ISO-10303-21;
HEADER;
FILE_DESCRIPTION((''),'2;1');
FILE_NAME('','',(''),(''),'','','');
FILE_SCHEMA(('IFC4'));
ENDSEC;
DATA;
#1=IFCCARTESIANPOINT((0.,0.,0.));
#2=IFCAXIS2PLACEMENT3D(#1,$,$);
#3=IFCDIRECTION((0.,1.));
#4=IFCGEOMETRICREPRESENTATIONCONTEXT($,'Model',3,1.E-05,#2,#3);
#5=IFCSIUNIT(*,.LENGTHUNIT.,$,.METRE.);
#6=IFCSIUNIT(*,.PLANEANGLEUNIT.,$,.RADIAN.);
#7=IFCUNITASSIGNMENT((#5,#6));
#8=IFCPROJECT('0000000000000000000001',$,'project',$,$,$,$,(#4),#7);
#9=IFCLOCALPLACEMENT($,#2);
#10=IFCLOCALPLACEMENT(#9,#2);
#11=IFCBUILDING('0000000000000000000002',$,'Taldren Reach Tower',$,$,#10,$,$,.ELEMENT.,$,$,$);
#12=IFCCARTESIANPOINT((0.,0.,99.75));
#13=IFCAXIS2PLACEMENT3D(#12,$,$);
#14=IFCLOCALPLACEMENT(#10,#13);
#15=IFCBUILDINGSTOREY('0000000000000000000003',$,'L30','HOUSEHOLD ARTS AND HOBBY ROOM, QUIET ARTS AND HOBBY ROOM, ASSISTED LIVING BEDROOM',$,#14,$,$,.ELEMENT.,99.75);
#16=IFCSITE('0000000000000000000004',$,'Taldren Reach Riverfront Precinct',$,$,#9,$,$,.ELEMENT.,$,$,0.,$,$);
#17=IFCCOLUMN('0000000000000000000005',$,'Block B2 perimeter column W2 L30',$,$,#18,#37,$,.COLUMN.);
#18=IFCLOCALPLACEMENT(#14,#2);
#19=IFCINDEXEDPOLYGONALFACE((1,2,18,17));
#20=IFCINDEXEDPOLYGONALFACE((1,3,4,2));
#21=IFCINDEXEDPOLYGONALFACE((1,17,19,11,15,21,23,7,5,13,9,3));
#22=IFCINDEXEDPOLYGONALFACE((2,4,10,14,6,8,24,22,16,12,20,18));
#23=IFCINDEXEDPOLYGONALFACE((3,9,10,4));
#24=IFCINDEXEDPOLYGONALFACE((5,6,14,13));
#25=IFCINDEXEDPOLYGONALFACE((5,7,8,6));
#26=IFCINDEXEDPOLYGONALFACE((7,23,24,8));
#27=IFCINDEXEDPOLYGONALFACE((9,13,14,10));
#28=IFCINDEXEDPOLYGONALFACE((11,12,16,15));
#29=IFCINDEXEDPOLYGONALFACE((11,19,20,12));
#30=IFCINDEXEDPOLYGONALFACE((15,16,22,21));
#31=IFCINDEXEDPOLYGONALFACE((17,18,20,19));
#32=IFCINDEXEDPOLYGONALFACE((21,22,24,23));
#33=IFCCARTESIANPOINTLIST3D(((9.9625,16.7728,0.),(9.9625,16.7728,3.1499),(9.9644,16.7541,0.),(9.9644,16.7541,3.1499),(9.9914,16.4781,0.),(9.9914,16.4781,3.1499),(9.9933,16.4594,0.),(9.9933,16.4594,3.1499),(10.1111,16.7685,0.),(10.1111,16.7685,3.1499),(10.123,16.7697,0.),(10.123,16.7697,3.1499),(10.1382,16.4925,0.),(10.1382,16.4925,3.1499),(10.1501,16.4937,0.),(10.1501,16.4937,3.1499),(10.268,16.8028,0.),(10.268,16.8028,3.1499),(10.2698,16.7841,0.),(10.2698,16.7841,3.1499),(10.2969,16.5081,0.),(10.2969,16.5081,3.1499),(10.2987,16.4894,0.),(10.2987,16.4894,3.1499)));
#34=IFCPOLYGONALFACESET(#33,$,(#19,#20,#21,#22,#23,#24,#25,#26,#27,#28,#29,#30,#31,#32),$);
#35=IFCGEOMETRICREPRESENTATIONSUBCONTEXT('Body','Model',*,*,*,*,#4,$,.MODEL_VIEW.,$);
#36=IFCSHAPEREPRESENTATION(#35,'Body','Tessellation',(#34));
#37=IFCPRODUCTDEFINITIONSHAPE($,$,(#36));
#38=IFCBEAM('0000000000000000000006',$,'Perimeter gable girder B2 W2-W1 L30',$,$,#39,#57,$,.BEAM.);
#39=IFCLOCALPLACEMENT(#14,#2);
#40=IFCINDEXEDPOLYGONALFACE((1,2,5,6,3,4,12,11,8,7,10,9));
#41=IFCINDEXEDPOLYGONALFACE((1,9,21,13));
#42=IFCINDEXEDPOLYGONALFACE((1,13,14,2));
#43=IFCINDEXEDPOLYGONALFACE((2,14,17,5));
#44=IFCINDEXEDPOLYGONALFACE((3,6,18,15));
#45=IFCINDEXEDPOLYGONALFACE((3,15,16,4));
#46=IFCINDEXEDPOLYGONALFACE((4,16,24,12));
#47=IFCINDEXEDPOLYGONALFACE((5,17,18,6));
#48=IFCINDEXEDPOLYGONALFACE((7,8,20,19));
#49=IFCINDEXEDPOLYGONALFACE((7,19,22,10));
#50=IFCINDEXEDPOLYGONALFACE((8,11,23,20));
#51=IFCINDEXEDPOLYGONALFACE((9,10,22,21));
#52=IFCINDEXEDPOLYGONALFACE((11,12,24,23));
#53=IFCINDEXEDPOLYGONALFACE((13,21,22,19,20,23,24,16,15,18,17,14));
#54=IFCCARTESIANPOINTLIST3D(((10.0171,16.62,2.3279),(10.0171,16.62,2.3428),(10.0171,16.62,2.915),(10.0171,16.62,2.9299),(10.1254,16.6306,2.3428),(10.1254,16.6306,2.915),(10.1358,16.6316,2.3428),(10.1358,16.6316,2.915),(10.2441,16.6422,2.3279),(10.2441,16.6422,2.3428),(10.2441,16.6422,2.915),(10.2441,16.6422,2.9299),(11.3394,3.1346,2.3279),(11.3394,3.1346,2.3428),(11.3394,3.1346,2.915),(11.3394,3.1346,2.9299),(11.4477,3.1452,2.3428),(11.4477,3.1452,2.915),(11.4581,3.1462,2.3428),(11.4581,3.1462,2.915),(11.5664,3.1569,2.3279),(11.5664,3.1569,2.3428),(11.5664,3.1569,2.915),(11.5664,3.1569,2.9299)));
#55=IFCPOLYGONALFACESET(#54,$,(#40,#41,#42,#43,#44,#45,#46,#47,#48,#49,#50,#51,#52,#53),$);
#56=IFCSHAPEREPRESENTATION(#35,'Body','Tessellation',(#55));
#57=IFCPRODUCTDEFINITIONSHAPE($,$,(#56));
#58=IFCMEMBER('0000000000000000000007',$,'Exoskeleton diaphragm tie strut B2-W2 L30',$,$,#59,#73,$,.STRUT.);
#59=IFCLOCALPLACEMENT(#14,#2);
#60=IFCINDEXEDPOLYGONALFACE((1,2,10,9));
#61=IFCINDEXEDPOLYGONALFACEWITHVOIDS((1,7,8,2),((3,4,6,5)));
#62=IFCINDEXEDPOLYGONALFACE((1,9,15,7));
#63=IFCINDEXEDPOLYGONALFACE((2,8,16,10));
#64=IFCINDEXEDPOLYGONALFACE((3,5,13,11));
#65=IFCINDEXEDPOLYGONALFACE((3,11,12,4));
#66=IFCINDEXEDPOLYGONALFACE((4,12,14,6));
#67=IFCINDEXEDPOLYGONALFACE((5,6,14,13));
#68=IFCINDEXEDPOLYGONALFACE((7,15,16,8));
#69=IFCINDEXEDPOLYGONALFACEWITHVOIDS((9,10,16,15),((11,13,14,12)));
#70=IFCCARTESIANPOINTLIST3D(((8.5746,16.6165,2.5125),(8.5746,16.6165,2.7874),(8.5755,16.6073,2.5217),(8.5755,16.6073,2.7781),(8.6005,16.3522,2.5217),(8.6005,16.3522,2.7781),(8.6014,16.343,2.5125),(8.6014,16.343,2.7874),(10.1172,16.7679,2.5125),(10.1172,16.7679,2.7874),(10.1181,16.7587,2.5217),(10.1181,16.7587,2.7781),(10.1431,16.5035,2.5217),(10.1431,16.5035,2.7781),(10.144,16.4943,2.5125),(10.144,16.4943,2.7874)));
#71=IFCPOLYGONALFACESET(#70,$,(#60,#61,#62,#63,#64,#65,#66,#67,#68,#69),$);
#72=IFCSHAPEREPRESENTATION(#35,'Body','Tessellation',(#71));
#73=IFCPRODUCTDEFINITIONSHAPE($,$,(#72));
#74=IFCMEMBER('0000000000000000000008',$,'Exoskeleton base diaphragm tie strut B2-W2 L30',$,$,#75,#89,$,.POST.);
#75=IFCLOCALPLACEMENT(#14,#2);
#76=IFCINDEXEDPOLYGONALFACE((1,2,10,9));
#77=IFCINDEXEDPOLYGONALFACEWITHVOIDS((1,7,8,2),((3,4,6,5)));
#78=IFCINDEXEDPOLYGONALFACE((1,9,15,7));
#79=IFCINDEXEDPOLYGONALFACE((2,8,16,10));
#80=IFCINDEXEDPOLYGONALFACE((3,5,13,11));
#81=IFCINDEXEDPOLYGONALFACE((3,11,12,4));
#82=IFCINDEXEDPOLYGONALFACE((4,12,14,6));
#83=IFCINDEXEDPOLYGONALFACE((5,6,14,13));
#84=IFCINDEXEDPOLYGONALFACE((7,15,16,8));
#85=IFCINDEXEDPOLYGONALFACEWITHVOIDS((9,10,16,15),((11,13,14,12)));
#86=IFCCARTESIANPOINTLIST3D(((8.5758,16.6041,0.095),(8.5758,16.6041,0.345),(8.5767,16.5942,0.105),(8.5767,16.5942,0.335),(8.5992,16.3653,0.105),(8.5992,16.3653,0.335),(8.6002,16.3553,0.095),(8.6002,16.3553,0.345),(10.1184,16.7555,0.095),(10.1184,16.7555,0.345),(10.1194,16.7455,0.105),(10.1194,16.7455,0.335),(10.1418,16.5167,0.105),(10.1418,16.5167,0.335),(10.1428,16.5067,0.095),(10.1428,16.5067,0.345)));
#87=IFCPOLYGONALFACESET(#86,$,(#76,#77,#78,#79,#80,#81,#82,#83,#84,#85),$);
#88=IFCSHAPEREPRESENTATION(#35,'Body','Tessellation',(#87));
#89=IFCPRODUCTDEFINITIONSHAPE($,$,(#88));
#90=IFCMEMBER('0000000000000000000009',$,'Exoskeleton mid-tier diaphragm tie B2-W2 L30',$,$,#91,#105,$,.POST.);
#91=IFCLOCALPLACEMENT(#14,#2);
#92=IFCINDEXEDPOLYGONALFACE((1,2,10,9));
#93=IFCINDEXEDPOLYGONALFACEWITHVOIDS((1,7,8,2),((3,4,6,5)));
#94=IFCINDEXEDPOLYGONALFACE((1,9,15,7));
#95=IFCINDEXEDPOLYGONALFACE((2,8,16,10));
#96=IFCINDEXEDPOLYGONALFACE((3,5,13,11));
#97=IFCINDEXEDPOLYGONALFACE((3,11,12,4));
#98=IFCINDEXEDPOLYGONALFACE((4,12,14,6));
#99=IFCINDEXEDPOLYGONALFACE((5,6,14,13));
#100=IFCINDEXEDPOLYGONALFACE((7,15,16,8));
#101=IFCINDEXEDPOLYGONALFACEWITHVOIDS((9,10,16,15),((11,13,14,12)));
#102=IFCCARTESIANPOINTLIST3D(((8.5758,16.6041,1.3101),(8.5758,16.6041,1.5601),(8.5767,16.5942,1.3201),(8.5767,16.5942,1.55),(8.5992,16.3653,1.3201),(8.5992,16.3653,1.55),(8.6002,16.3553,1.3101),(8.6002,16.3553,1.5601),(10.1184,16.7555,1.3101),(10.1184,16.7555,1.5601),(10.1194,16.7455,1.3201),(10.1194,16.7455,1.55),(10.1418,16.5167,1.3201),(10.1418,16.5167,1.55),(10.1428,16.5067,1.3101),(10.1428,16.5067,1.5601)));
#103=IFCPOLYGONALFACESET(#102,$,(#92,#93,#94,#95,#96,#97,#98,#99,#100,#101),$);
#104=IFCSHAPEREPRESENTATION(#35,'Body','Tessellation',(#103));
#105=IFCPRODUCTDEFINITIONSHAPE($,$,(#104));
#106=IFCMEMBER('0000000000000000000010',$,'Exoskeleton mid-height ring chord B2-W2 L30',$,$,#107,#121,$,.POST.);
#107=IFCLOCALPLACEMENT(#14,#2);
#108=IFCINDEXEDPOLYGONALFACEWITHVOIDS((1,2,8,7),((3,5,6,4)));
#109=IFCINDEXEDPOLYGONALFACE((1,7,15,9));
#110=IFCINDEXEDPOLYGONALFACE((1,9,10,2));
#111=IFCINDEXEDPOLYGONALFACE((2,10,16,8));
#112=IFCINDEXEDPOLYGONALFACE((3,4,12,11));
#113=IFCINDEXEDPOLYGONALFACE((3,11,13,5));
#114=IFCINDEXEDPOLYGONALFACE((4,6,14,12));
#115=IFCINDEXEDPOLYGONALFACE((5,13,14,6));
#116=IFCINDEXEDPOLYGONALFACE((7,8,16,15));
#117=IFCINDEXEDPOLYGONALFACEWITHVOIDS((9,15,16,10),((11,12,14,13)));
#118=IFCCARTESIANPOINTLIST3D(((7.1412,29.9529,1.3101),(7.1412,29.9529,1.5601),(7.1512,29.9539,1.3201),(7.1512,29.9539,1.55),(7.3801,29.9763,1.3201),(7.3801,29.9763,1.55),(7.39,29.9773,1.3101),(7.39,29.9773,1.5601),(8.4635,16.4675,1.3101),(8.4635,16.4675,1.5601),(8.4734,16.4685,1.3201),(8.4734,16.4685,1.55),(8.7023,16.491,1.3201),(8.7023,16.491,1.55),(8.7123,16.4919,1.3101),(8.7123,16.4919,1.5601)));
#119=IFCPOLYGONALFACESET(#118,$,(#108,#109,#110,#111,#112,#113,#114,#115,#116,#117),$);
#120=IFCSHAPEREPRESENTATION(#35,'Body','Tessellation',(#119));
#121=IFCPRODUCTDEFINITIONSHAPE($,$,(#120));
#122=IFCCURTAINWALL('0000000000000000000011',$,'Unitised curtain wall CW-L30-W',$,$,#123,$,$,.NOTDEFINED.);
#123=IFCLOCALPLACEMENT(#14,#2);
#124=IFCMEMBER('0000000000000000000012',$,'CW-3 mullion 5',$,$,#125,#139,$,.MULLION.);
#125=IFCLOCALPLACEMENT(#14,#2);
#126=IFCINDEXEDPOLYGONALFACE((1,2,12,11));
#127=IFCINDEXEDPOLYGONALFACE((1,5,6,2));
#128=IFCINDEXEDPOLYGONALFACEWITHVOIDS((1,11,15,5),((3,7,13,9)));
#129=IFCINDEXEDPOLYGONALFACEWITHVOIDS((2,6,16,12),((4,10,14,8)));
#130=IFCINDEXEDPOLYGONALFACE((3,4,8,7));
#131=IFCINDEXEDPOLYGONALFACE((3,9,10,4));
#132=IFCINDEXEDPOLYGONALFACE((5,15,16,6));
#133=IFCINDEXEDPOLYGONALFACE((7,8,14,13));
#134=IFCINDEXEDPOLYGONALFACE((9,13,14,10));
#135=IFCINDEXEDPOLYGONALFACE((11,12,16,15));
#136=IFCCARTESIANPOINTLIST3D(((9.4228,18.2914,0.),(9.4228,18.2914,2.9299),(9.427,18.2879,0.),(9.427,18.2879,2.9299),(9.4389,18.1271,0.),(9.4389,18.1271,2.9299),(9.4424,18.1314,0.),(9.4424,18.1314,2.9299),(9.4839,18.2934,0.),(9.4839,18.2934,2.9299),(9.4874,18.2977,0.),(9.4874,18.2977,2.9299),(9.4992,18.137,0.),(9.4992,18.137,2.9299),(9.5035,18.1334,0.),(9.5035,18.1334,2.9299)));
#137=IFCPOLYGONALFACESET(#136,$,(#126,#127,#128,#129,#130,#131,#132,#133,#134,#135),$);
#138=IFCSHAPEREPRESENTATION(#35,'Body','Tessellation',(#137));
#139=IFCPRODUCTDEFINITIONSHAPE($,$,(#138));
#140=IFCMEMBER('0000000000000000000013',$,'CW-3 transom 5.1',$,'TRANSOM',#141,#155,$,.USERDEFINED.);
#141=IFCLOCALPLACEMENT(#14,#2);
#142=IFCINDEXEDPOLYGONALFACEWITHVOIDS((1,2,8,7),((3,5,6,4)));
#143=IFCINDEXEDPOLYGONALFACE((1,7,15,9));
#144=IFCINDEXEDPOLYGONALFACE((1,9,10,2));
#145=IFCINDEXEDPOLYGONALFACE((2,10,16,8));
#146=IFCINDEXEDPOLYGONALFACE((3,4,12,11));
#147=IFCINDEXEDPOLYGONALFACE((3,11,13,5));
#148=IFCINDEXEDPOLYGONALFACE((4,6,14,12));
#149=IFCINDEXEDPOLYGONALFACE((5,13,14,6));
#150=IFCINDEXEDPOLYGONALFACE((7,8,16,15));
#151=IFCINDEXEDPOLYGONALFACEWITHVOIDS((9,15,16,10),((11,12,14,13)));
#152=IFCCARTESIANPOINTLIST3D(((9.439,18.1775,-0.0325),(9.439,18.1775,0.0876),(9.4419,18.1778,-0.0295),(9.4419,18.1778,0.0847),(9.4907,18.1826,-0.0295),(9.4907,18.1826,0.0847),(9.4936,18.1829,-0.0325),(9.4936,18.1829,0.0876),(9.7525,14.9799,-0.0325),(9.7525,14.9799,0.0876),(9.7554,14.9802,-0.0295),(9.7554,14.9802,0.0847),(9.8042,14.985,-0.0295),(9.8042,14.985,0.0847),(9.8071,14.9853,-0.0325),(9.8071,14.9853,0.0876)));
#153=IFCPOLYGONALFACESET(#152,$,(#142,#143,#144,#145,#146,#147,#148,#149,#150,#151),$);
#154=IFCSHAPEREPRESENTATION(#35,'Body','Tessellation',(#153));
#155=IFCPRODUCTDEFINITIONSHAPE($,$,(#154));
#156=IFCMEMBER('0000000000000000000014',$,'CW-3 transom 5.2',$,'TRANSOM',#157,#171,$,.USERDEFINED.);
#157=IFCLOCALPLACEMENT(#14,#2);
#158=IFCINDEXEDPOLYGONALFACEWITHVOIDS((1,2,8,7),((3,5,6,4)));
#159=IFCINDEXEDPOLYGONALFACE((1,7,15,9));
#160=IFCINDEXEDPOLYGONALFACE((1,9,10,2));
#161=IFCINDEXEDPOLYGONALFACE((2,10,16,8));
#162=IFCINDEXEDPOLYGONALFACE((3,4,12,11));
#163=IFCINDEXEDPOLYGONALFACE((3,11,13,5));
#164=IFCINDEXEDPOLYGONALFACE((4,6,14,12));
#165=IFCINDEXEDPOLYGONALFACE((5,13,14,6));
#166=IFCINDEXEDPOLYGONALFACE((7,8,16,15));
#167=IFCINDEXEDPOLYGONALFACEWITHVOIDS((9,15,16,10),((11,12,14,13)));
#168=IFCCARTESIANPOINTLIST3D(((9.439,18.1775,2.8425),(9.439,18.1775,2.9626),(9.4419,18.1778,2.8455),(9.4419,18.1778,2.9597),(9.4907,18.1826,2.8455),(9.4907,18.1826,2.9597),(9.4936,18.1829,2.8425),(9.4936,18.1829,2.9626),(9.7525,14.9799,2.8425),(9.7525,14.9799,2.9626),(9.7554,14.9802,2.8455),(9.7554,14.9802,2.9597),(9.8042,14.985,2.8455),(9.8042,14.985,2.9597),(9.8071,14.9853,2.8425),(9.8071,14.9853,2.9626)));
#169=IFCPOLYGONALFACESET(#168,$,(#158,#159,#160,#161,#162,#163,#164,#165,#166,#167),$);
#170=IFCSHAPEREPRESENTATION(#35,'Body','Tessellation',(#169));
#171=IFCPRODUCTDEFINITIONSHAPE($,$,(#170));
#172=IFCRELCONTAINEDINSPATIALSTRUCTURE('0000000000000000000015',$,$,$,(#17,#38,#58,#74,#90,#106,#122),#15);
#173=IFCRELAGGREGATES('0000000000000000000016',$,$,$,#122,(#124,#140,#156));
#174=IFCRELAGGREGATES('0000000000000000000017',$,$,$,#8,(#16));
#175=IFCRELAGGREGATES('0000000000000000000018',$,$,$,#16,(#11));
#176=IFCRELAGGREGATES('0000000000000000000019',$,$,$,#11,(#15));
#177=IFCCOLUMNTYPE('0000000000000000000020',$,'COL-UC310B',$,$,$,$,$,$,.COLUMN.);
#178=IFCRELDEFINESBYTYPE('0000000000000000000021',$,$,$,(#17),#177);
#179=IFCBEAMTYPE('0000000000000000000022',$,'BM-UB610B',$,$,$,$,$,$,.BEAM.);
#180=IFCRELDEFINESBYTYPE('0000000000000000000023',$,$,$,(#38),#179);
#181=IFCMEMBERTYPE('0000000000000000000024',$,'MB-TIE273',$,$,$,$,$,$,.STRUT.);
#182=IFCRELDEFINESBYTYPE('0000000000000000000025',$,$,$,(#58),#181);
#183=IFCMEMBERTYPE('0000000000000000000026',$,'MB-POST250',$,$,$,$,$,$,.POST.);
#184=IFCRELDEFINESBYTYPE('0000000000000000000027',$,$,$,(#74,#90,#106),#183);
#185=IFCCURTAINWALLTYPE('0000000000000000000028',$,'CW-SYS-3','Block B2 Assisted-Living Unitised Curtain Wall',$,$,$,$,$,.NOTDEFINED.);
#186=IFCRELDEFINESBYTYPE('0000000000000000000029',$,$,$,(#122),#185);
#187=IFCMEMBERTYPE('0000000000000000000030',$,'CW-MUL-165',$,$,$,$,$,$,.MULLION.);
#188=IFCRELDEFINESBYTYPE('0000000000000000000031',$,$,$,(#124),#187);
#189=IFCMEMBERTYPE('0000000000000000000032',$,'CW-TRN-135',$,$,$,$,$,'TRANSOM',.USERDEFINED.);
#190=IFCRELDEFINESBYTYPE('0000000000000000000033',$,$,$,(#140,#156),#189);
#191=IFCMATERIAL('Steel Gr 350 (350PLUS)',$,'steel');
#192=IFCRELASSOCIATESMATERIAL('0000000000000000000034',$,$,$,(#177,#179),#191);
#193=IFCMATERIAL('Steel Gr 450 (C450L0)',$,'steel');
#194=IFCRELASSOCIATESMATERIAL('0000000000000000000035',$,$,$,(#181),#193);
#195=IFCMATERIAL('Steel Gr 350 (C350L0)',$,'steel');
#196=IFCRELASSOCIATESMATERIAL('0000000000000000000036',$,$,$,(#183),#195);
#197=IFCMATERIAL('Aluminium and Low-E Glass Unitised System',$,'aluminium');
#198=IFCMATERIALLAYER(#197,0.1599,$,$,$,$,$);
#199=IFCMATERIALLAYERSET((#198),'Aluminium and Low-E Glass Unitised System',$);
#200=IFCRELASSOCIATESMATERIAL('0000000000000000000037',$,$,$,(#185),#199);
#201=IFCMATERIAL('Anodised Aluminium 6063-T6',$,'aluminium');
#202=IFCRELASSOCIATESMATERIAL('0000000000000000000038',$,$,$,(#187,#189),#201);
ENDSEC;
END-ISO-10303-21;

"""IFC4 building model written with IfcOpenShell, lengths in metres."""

from ifc_helpers import new_model, si_unit, direction, frame, origin, origin_2d, place, context, subcontext, project, spatial, hollow_rectangle, i_section, extrude, source, transform, mapped, material, layer, layer_set, material_profile, profile_set, type_object, element, aggregate, save


model = new_model("IFC4")

# Units and contexts
model_context = context("Model", 3, precision=1e-05, world=origin(), true_north=direction((0.0, 1.0)))
body_context = subcontext(model_context, "Body", "Model", "MODEL_VIEW")
ifc_project = project(units=[si_unit("LENGTHUNIT", "METRE"), si_unit("PLANEANGLEUNIT", "RADIAN")], contexts=[model_context])

# Site, building, storey
site_placement = place(None, origin())
site = spatial("IfcSite", under=ifc_project, at=site_placement, Name="Taldren Reach Riverfront Precinct", CompositionType="ELEMENT", RefElevation=0.0)
building_placement = place(site_placement, origin())
building = spatial("IfcBuilding", under=site, at=building_placement, Name="Taldren Reach Tower", CompositionType="ELEMENT")
storey_placement = place(building_placement, frame((0.0, 0.0, 99.75)))
storey = spatial("IfcBuildingStorey", under=building, at=storey_placement, Name="L30", Description="HOUSEHOLD ARTS AND HOBBY ROOM, QUIET ARTS AND HOBBY ROOM, ASSISTED LIVING BEDROOM", CompositionType="ELEMENT", Elevation=99.75)

# Column
ifc_material_1 = material(Name="Steel Gr 350 (350PLUS)", Category="steel")
ifc_material_profile_1 = material_profile(ifc_material_1, i_section(OverallWidth=0.3069, OverallDepth=0.3149, WebThickness=0.012, FlangeThickness=0.0188, at=origin_2d()), Name="310UC118")
ifc_profile_set_1 = profile_set([ifc_material_profile_1], Name="Steel Gr 350 (350PLUS)")
column_type = type_object("IfcColumnType", Name="COL-UC310B", PredefinedType="COLUMN", material=ifc_profile_set_1)
shared_shape_1 = source(origin(), body_context, "Body", "SweptSolid", [
    extrude(i_section(OverallWidth=0.3069, OverallDepth=0.3149, WebThickness=0.012, FlangeThickness=0.0188, at=origin_2d()), origin(), (0.0, 0.0, 1.0), 3.1499),
])
column_placement = place(storey_placement, frame((10.1306, 16.6311, 0.0), z_axis=(0.0, 0.0, 1.0), x_axis=(0.995227, 0.097583, 0.0)))
element("IfcColumn", 1, at=column_placement, inside=storey, type_object=column_type, Name="Block B2 perimeter column W2 L30", PredefinedType="COLUMN", context=body_context, shape_type="MappedRepresentation", body=[
    mapped(shared_shape_1, transform((0.0, 0.0, 0.0), scale=1.0)),
])

# Beam
ifc_material_profile_2 = material_profile(ifc_material_1, i_section(OverallWidth=0.228, OverallDepth=0.6021, WebThickness=0.0105, FlangeThickness=0.0149, at=origin_2d()), Name="610UB101")
ifc_profile_set_2 = profile_set([ifc_material_profile_2], Name="Steel Gr 350 (350PLUS)")
beam_type = type_object("IfcBeamType", Name="BM-UB610B", PredefinedType="BEAM", material=ifc_profile_set_2)
shared_shape_2 = source(origin(), body_context, "Body", "SweptSolid", [
    extrude(i_section(OverallWidth=0.228, OverallDepth=0.6021, WebThickness=0.0105, FlangeThickness=0.0149, at=origin_2d()), origin(), (0.0, 0.0, 1.0), 13.55),
])
beam_placement = place(storey_placement, frame((10.1306, 16.6311, 2.6289), z_axis=(0.097584, -0.995227, 0.0), x_axis=(0.995227, 0.097584, 0.0)))
element("IfcBeam", 2, at=beam_placement, inside=storey, type_object=beam_type, Name="Perimeter gable girder B2 W2-W1 L30", PredefinedType="BEAM", context=body_context, shape_type="MappedRepresentation", body=[
    mapped(shared_shape_2, transform((0.0, 0.0, 0.0), scale=1.0)),
])

# Members
ifc_material_2 = material(Name="Steel Gr 450 (C450L0)", Category="steel")
ifc_material_profile_3 = material_profile(ifc_material_2, hollow_rectangle(XDim=0.2749, YDim=0.2749, WallThickness=0.0093, at=origin_2d()), Name="275x275x9.3SHS")
ifc_profile_set_3 = profile_set([ifc_material_profile_3], Name="Steel Gr 450 (C450L0)")
member_type_1 = type_object("IfcMemberType", Name="MB-TIE273", PredefinedType="STRUT", material=ifc_profile_set_3)
shared_shape_3 = source(origin(), body_context, "Body", "SweptSolid", [
    extrude(hollow_rectangle(XDim=0.2749, YDim=0.2749, WallThickness=0.0093, at=origin_2d()), origin(), (0.0, 0.0, 1.0), 1.55),
])
member_1_placement = place(storey_placement, frame((10.1306, 16.6311, 2.6499), z_axis=(-0.995221, -0.097648, 0.0), x_axis=(0.097648, -0.995221, 0.0)))
element("IfcMember", 3, at=member_1_placement, inside=storey, type_object=member_type_1, Name="Exoskeleton diaphragm tie strut B2-W2 L30", PredefinedType="STRUT", context=body_context, shape_type="MappedRepresentation", body=[
    mapped(shared_shape_3, transform((0.0, 0.0, 0.0), scale=1.0)),
])
ifc_material_3 = material(Name="Steel Gr 350 (C350L0)", Category="steel")
ifc_material_profile_4 = material_profile(ifc_material_3, hollow_rectangle(XDim=0.25, YDim=0.25, WallThickness=0.01, at=origin_2d()), Name="250x250x10.0SHS")
ifc_profile_set_4 = profile_set([ifc_material_profile_4], Name="Steel Gr 350 (C350L0)")
member_type_2 = type_object("IfcMemberType", Name="MB-POST250", PredefinedType="POST", material=ifc_profile_set_4)
shared_shape_4 = source(origin(), body_context, "Body", "SweptSolid", [
    extrude(hollow_rectangle(XDim=0.25, YDim=0.25, WallThickness=0.01, at=origin_2d()), origin(), (0.0, 0.0, 1.0), 1.55),
])
for number, where, z_axis, x_axis, name in (
    (4, (10.1306, 16.6311, 0.22), (-0.995221, -0.097648, 0.0), (0.097648, -0.995221, 0.0), "Exoskeleton base diaphragm tie strut B2-W2 L30"),
    (5, (10.1306, 16.6311, 1.4351), (-0.995221, -0.097648, 0.0), (0.097648, -0.995221, 0.0), "Exoskeleton mid-tier diaphragm tie B2-W2 L30"),
):
    element("IfcMember", number, at=place(storey_placement, frame(where, z_axis=z_axis, x_axis=x_axis)), inside=storey, type_object=member_type_2, Name=name, PredefinedType="POST", context=body_context, shape_type="MappedRepresentation", body=[
        mapped(shared_shape_4, transform((0.0, 0.0, 0.0), scale=1.0)),
    ])
shared_shape_5 = source(origin(), body_context, "Body", "SweptSolid", [
    extrude(hollow_rectangle(XDim=0.25, YDim=0.25, WallThickness=0.01, at=origin_2d()), origin(), (0.0, 0.0, 1.0), 13.55),
])
member_2_placement = place(storey_placement, frame((8.5879, 16.4797, 1.4351), z_axis=(-0.097584, 0.995227, 0.0), x_axis=(-0.995227, -0.097584, 0.0)))
element("IfcMember", 6, at=member_2_placement, inside=storey, type_object=member_type_2, Name="Exoskeleton mid-height ring chord B2-W2 L30", PredefinedType="POST", context=body_context, shape_type="MappedRepresentation", body=[
    mapped(shared_shape_5, transform((0.0, 0.0, 0.0), scale=1.0)),
])

# Curtain wall, members
ifc_material_4 = material(Name="Aluminium and Low-E Glass Unitised System", Category="aluminium")
ifc_layer_1 = layer(ifc_material_4, 0.1599)
ifc_layer_set_1 = layer_set([ifc_layer_1], Name="Aluminium and Low-E Glass Unitised System")
curtain_wall_type = type_object("IfcCurtainWallType", Name="CW-SYS-3", Description="Block B2 Assisted-Living Unitised Curtain Wall", PredefinedType="NOTDEFINED", material=ifc_layer_set_1)
curtain_wall_placement = place(storey_placement, origin())
curtain_wall = element("IfcCurtainWall", 7, at=curtain_wall_placement, inside=storey, type_object=curtain_wall_type, Name="Unitised curtain wall CW-L30-W", PredefinedType="NOTDEFINED")
ifc_material_5 = material(Name="Anodised Aluminium 6063-T6", Category="aluminium")
ifc_material_profile_5 = material_profile(ifc_material_5, hollow_rectangle(XDim=0.0649, YDim=0.165, WallThickness=0.0039, at=origin_2d()), Name="ALU-165x65x4RHS")
ifc_profile_set_5 = profile_set([ifc_material_profile_5], Name="Anodised Aluminium 6063-T6")
member_type_3 = type_object("IfcMemberType", Name="CW-MUL-165", PredefinedType="MULLION", material=ifc_profile_set_5)
shared_shape_6 = source(origin(), body_context, "Body", "SweptSolid", [
    extrude(hollow_rectangle(XDim=0.0649, YDim=0.165, WallThickness=0.0039, at=origin_2d()), origin(), (0.0, 0.0, 1.0), 2.9299),
])
member_3_placement = place(storey_placement, frame((9.4631, 18.2124, 0.0), z_axis=(0.0, 0.0, 1.0), x_axis=(0.995227, 0.097583, 0.0)))
member_3 = element("IfcMember", 8, at=member_3_placement, type_object=member_type_3, Name="CW-3 mullion 5", PredefinedType="MULLION", context=body_context, shape_type="MappedRepresentation", body=[
    mapped(shared_shape_6, transform((0.0, 0.0, 0.0), scale=1.0)),
])
ifc_material_profile_6 = material_profile(ifc_material_5, hollow_rectangle(XDim=0.0549, YDim=0.1201, WallThickness=0.0029, at=origin_2d()), Name="ALU-120x55x3RHS")
ifc_profile_set_6 = profile_set([ifc_material_profile_6], Name="Anodised Aluminium 6063-T6")
member_type_4 = type_object("IfcMemberType", Name="CW-TRN-135", ElementType="TRANSOM", PredefinedType="USERDEFINED", material=ifc_profile_set_6)
shared_shape_7 = source(origin(), body_context, "Body", "SweptSolid", [
    extrude(hollow_rectangle(XDim=0.0549, YDim=0.1201, WallThickness=0.0029, at=origin_2d()), origin(), (0.0, 0.0, 1.0), 3.2129),
])
member_4_placement = place(storey_placement, frame((9.4663, 18.1802, 0.0276), z_axis=(0.09757, -0.995229, 0.0), x_axis=(0.995229, 0.09757, 0.0)))
member_4 = element("IfcMember", 9, at=member_4_placement, type_object=member_type_4, Name="CW-3 transom 5.1", ObjectType="TRANSOM", PredefinedType="USERDEFINED", context=body_context, shape_type="MappedRepresentation", body=[
    mapped(shared_shape_7, transform((0.0, 0.0, 0.0), scale=1.0)),
])
member_5_placement = place(storey_placement, frame((9.4663, 18.1802, 2.9026), z_axis=(0.09757, -0.995229, 0.0), x_axis=(0.995229, 0.09757, 0.0)))
member_5 = element("IfcMember", 10, at=member_5_placement, type_object=member_type_4, Name="CW-3 transom 5.2", ObjectType="TRANSOM", PredefinedType="USERDEFINED", context=body_context, shape_type="MappedRepresentation", body=[
    mapped(shared_shape_7, transform((0.0, 0.0, 0.0), scale=1.0)),
])

aggregate(curtain_wall, [member_3, member_4, member_5])

save(model, "model.ifc")
